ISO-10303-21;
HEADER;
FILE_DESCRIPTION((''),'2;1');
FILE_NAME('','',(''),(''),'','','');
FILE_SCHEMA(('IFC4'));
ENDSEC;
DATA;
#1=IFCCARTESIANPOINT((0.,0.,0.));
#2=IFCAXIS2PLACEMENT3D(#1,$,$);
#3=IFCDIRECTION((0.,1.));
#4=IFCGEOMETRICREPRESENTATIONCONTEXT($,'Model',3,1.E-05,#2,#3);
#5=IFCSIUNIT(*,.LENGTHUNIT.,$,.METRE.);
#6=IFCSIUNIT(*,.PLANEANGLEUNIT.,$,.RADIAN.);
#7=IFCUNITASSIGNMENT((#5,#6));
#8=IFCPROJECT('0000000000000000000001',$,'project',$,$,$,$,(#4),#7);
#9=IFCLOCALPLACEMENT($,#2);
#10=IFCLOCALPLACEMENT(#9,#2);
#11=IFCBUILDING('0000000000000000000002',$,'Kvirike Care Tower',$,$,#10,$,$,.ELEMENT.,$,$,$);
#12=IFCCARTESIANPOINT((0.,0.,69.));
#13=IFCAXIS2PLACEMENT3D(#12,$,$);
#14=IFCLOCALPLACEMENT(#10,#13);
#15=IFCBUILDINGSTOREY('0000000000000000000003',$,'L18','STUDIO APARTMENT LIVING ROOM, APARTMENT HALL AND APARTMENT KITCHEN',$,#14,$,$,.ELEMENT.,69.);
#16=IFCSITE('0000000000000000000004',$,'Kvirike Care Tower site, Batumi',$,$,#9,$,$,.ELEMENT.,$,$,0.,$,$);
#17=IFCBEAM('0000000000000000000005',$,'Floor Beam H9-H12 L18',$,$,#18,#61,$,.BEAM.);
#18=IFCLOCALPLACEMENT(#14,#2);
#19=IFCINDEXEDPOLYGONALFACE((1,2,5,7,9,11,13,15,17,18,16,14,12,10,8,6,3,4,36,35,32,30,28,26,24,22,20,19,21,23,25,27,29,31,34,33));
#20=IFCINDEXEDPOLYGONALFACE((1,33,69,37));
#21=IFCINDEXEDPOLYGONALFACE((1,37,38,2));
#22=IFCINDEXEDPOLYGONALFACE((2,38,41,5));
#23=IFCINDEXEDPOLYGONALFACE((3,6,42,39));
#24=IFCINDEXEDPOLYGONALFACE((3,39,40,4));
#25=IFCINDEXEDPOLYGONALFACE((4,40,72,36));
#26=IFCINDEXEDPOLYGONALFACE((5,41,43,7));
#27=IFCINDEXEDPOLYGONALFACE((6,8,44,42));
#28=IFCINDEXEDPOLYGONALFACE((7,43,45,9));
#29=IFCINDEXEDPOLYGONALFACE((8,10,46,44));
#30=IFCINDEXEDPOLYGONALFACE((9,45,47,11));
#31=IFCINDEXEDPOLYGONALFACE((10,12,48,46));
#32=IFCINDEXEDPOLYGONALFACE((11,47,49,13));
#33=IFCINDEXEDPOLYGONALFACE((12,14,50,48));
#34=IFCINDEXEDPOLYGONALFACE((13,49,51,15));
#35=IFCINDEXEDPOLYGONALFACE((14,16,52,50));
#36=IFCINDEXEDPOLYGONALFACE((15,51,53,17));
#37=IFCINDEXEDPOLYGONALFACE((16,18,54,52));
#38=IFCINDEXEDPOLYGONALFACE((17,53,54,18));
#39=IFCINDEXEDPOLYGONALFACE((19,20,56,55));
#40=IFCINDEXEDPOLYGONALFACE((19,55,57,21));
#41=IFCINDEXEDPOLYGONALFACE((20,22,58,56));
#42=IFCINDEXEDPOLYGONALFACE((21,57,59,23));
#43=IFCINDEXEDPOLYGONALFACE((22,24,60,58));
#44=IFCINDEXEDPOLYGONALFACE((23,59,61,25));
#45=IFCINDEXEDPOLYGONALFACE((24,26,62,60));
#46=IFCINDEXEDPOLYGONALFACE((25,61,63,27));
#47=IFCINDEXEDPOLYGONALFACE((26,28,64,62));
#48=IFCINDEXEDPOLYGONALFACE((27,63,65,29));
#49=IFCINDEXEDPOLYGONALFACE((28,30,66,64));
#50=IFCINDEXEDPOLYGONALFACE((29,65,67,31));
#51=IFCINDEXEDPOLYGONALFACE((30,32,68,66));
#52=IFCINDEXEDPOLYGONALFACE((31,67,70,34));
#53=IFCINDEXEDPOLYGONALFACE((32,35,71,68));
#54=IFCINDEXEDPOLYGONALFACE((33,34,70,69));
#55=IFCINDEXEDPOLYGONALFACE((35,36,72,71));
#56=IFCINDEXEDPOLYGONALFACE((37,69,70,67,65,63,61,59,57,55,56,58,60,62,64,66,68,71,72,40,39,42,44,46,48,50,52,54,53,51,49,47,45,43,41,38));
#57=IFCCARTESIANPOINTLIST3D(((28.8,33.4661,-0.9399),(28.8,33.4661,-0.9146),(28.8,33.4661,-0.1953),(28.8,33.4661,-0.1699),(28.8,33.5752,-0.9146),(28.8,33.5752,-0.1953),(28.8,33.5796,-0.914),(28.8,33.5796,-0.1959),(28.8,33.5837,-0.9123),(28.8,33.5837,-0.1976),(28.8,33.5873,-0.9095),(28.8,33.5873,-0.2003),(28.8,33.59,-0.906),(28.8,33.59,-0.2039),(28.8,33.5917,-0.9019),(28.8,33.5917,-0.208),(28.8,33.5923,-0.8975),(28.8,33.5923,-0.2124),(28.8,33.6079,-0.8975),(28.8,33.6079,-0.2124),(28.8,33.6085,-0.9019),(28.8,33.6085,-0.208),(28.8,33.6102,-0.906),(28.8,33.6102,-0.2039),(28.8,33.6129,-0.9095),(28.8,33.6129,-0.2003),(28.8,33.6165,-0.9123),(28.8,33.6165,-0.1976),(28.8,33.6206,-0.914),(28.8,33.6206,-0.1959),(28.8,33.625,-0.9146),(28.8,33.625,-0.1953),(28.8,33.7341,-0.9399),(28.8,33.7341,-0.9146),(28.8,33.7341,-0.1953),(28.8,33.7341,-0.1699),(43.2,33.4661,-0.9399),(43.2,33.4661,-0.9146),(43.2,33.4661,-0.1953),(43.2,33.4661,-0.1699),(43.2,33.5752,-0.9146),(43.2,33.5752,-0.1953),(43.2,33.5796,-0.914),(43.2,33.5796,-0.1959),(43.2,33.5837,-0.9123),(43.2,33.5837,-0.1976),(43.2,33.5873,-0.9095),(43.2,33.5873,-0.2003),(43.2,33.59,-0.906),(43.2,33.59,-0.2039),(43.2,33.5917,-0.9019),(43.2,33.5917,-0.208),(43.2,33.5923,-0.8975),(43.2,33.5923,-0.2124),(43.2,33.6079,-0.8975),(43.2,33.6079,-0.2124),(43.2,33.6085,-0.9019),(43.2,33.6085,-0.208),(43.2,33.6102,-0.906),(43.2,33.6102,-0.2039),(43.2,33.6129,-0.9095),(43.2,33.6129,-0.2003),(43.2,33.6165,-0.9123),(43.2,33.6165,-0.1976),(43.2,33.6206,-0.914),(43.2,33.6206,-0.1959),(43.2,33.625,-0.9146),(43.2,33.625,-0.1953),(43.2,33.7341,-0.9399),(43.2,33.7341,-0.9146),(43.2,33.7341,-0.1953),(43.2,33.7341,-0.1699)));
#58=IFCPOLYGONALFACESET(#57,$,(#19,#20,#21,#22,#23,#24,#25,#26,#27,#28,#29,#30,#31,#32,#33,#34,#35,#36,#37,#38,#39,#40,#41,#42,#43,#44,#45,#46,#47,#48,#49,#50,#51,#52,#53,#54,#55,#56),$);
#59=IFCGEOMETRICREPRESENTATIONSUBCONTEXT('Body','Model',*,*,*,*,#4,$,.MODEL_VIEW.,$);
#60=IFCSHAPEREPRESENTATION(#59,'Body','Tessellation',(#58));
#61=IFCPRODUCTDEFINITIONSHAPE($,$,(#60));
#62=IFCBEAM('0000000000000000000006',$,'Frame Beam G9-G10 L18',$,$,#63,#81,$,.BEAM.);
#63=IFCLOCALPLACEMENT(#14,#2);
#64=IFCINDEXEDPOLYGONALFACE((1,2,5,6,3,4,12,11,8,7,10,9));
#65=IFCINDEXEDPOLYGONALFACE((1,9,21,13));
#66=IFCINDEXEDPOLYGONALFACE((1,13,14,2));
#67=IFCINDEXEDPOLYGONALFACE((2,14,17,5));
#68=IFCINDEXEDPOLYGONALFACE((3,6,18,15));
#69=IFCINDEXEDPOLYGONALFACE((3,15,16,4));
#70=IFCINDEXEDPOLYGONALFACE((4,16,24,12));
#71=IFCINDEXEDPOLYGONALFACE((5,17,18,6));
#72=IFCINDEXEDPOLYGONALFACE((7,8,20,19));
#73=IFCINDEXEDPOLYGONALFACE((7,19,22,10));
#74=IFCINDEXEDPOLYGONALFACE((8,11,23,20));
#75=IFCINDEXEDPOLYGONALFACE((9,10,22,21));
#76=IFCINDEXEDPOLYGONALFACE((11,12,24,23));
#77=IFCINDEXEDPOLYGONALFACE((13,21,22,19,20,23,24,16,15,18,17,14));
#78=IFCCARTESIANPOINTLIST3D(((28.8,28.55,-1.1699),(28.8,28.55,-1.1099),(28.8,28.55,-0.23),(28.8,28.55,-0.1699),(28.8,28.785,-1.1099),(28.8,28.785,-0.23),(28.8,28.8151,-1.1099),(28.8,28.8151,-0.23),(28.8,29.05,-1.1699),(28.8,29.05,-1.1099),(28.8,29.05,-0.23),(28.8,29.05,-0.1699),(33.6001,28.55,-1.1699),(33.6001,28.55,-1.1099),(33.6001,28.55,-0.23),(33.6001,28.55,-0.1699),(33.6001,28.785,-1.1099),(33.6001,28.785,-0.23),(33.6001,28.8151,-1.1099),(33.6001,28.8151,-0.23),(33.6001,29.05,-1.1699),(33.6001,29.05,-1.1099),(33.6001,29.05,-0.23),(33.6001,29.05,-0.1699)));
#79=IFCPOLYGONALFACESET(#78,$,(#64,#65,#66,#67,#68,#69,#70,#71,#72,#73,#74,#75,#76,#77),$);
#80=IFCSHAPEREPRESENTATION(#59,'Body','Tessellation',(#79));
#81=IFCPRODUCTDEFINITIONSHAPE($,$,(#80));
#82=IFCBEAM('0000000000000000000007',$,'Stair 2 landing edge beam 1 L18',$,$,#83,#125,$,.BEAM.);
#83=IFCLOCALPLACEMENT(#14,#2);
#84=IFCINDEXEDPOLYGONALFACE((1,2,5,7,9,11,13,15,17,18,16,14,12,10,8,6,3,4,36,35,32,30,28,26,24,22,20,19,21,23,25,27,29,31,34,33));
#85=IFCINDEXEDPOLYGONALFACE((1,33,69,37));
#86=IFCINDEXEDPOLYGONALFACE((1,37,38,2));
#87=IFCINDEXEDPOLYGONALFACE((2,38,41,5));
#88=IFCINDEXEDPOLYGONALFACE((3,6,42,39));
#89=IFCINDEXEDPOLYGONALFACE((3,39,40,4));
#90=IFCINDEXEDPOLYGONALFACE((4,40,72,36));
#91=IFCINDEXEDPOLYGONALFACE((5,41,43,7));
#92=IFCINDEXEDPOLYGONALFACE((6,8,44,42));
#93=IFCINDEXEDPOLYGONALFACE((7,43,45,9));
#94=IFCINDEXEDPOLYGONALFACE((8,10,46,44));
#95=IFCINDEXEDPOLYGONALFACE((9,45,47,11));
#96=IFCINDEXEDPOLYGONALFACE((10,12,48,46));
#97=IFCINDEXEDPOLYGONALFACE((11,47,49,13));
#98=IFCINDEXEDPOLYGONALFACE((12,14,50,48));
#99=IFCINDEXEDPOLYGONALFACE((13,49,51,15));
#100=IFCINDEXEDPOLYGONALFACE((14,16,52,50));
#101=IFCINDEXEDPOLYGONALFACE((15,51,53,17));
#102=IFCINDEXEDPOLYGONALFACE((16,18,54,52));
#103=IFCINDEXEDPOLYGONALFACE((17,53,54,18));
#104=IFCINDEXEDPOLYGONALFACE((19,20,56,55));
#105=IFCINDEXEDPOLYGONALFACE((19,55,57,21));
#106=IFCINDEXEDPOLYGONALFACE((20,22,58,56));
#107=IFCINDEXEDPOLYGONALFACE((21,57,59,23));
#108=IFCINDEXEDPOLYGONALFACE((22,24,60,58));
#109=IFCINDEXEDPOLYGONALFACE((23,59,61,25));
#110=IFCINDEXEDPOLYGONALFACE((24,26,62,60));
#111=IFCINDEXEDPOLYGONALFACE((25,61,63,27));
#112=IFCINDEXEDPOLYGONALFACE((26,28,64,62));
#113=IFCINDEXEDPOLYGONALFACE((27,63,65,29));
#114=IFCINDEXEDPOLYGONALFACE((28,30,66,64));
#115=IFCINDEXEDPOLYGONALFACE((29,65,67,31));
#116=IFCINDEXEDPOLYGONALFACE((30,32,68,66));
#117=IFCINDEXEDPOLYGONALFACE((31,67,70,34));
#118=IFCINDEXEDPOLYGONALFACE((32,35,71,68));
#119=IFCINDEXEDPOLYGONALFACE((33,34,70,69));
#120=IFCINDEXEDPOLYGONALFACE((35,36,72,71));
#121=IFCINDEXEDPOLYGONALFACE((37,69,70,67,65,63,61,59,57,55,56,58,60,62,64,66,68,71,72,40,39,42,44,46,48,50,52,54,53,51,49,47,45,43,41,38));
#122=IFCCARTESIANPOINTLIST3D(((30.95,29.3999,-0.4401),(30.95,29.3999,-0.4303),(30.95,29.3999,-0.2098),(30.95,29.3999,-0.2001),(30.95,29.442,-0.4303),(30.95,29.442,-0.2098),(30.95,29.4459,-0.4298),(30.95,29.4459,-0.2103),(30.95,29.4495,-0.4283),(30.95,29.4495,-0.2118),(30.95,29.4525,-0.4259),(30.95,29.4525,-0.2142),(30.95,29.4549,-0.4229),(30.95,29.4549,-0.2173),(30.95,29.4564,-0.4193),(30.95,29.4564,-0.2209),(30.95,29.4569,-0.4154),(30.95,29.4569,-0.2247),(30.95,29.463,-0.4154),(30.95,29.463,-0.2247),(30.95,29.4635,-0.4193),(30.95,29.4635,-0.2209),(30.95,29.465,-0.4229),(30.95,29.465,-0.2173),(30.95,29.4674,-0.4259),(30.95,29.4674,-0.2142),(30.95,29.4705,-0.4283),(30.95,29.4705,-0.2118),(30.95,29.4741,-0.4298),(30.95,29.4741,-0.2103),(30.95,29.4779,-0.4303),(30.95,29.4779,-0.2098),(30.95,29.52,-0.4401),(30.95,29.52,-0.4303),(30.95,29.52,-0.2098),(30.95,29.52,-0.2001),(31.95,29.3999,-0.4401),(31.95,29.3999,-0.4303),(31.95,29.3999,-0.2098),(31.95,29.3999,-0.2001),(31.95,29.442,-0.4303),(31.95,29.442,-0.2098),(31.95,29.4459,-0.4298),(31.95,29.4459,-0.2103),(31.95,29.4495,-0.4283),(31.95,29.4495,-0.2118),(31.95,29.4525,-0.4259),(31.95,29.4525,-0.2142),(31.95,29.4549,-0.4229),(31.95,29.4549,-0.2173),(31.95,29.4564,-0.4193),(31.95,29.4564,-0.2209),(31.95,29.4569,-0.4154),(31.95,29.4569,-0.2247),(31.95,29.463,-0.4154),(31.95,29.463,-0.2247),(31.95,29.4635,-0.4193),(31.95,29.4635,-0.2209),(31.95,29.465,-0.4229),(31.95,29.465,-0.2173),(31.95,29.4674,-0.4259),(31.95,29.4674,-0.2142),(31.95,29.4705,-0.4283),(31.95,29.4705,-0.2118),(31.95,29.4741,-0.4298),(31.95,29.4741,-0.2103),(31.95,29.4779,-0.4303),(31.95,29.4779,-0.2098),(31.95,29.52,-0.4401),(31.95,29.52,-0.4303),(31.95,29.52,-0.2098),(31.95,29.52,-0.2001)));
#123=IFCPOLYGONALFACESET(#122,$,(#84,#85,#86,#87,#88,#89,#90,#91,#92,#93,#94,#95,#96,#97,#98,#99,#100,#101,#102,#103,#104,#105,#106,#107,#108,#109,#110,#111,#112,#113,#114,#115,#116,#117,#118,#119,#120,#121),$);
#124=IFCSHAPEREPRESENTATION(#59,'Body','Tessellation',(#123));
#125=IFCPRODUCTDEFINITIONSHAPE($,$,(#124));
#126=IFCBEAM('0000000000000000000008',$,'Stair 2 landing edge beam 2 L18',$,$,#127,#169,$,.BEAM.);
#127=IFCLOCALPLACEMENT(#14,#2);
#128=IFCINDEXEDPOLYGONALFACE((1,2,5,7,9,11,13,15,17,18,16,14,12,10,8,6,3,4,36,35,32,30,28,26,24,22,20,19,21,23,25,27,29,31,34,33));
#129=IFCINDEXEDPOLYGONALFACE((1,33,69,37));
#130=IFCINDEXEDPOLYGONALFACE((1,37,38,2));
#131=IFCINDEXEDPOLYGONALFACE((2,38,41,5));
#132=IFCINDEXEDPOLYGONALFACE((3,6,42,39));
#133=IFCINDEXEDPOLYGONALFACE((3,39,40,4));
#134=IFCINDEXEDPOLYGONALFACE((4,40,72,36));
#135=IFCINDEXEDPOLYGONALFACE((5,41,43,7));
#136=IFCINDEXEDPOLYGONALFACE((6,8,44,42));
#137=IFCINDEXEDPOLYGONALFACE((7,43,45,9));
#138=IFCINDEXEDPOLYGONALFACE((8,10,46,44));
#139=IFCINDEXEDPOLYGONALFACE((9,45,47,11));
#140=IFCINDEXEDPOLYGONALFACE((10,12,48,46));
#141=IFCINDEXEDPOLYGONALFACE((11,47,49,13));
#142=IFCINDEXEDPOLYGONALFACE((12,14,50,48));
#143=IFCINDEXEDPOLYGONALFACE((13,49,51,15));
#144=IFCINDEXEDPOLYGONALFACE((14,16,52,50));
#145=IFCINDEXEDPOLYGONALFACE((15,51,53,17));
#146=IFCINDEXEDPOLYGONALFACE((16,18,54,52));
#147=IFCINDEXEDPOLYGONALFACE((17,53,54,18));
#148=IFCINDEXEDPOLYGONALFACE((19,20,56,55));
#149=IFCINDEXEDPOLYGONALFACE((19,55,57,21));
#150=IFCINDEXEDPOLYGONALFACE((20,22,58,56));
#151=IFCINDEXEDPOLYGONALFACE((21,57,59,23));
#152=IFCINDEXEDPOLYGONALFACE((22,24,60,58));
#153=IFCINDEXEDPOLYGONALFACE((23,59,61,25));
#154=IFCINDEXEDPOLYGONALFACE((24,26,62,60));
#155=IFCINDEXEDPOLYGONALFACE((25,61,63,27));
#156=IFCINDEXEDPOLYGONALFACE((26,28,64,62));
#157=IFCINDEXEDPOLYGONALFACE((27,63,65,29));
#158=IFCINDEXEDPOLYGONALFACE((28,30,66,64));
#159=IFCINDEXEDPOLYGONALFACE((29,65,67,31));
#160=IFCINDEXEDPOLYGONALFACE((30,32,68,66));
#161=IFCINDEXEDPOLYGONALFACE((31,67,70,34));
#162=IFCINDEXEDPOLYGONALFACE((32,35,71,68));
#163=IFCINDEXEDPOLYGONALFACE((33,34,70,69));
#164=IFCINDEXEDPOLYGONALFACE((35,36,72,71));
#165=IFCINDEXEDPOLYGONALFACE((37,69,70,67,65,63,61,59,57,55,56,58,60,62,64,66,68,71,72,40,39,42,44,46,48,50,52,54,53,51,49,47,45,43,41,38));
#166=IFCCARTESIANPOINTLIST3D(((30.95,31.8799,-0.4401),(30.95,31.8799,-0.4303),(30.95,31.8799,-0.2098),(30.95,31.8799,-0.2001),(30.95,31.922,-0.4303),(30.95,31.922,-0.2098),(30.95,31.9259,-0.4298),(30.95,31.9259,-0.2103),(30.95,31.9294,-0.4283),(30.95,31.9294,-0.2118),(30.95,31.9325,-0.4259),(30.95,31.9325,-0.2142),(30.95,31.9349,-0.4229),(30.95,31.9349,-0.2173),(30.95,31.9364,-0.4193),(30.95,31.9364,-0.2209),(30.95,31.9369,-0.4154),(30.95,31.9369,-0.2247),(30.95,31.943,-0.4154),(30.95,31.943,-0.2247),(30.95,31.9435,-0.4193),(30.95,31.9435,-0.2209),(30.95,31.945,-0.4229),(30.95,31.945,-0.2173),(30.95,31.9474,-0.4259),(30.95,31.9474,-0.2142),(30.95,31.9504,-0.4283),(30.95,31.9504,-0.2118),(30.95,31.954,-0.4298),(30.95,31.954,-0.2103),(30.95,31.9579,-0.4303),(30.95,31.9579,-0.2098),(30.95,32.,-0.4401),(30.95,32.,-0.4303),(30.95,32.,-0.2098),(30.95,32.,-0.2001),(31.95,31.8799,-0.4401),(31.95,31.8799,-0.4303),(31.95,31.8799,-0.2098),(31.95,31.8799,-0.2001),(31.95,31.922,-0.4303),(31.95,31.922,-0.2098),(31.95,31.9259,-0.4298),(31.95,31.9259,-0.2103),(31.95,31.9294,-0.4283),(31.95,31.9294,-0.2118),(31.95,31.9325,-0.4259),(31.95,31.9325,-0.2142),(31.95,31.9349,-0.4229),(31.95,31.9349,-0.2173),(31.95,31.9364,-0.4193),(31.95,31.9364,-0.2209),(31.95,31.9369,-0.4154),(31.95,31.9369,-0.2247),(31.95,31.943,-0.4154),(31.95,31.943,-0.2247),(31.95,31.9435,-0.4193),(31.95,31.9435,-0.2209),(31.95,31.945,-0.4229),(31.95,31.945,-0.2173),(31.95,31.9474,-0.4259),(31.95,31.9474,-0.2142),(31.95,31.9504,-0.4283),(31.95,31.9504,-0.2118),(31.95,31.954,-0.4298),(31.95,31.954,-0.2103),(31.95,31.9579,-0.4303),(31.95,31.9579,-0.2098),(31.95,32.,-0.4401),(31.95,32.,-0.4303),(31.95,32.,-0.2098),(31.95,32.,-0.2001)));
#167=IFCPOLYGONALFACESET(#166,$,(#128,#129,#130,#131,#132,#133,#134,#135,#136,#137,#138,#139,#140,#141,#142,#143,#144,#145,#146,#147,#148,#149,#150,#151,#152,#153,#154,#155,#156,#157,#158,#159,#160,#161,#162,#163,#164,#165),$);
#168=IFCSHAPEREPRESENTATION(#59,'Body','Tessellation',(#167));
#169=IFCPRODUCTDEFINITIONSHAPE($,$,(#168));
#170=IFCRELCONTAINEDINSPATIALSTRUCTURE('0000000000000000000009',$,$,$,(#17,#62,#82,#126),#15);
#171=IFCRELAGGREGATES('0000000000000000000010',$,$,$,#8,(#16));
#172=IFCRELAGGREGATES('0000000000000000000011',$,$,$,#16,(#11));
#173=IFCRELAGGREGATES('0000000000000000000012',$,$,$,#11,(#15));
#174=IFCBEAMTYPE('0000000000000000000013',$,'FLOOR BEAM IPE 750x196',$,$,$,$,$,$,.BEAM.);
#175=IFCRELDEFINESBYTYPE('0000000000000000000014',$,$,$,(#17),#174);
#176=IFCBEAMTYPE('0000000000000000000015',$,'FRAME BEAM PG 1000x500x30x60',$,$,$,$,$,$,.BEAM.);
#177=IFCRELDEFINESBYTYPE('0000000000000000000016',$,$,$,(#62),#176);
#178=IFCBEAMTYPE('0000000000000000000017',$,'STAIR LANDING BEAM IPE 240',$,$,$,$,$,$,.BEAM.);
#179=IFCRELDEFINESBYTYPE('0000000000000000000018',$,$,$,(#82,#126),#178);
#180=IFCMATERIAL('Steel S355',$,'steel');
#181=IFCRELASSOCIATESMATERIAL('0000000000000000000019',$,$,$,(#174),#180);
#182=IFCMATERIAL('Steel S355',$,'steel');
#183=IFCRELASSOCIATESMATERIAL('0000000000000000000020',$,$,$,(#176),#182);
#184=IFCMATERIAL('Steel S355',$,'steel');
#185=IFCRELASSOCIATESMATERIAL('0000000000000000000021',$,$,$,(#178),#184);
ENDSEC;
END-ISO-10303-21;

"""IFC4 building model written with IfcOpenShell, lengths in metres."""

from ifc_helpers import new_model, si_unit, direction, frame, origin, origin_2d, place, context, subcontext, project, spatial, i_section, extrude, material, material_profile, profile_set, type_object, element, save


model = new_model("IFC4")

# Units and contexts
model_context = context("Model", 3, precision=1e-05, world=origin(), true_north=direction((0.0, 1.0)))
body_context = subcontext(model_context, "Body", "Model", "MODEL_VIEW")
ifc_project = project(units=[si_unit("LENGTHUNIT", "METRE"), si_unit("PLANEANGLEUNIT", "RADIAN")], contexts=[model_context])

# Site, building, storey
site_placement = place(None, origin())
site = spatial("IfcSite", under=ifc_project, at=site_placement, Name="Kvirike Care Tower site, Batumi", CompositionType="ELEMENT", RefElevation=0.0)
building_placement = place(site_placement, origin())
building = spatial("IfcBuilding", under=site, at=building_placement, Name="Kvirike Care Tower", CompositionType="ELEMENT")
storey_placement = place(building_placement, frame((0.0, 0.0, 69.0)))
storey = spatial("IfcBuildingStorey", under=building, at=storey_placement, Name="L18", Description="STUDIO APARTMENT LIVING ROOM, APARTMENT HALL AND APARTMENT KITCHEN", CompositionType="ELEMENT", Elevation=69.0)

# Beams
ifc_material_1 = material(Name="Steel S355", Category="steel")
ifc_material_profile_1 = material_profile(ifc_material_1, i_section(OverallWidth=0.2681, OverallDepth=0.77, WebThickness=0.0156, FlangeThickness=0.0254, FilletRadius=0.0171, at=origin_2d()), Name="IPE 750x196")
ifc_profile_set_1 = profile_set([ifc_material_profile_1], Name="Steel S355")
beam_type_1 = type_object("IfcBeamType", Name="FLOOR BEAM IPE 750x196", PredefinedType="BEAM", material=ifc_profile_set_1)
beam_1_placement = place(storey_placement, frame((28.8, 33.6001, -0.5549), z_axis=(1.0, 0.0, 0.0), x_axis=(0.0, 1.0, 0.0)))
element("IfcBeam", 1, at=beam_1_placement, inside=storey, type_object=beam_type_1, Name="Floor Beam H9-H12 L18", PredefinedType="BEAM", context=body_context, shape_type="SweptSolid", body=[
    extrude(i_section(OverallWidth=0.2681, OverallDepth=0.77, WebThickness=0.0156, FlangeThickness=0.0254, FilletRadius=0.0171, at=origin_2d()), origin(), (0.0, 0.0, 1.0), 14.3999),
])
ifc_material_2 = material(Name="Steel S355", Category="steel")
ifc_material_profile_2 = material_profile(ifc_material_2, i_section(OverallWidth=0.5, OverallDepth=1.0, WebThickness=0.03, FlangeThickness=0.0601, at=origin_2d()), Name="PG 1000x500x30x60")
ifc_profile_set_2 = profile_set([ifc_material_profile_2], Name="Steel S355")
beam_type_2 = type_object("IfcBeamType", Name="FRAME BEAM PG 1000x500x30x60", PredefinedType="BEAM", material=ifc_profile_set_2)
beam_2_placement = place(storey_placement, frame((28.8, 28.8, -0.6699), z_axis=(1.0, 0.0, 0.0), x_axis=(0.0, 1.0, 0.0)))
element("IfcBeam", 2, at=beam_2_placement, inside=storey, type_object=beam_type_2, Name="Frame Beam G9-G10 L18", PredefinedType="BEAM", context=body_context, shape_type="SweptSolid", body=[
    extrude(i_section(OverallWidth=0.5, OverallDepth=1.0, WebThickness=0.03, FlangeThickness=0.0601, at=origin_2d()), origin(), (0.0, 0.0, 1.0), 4.8),
])
ifc_material_3 = material(Name="Steel S355", Category="steel")
ifc_material_profile_3 = material_profile(ifc_material_3, i_section(OverallWidth=0.1201, OverallDepth=0.24, WebThickness=0.0061, FlangeThickness=0.0098, FilletRadius=0.0149, at=origin_2d()), Name="IPE 240")
ifc_profile_set_3 = profile_set([ifc_material_profile_3], Name="Steel S355")
beam_type_3 = type_object("IfcBeamType", Name="STAIR LANDING BEAM IPE 240", PredefinedType="BEAM", material=ifc_profile_set_3)
for number, where, z_axis, x_axis, name in (
    (3, (31.95, 29.46, -0.3201), (-1.0, 0.0, 0.0), (0.0, -1.0, 0.0), "Stair 2 landing edge beam 1 L18"),
    (4, (31.95, 31.9399, -0.3201), (-1.0, 0.0, 0.0), (0.0, -1.0, 0.0), "Stair 2 landing edge beam 2 L18"),
):
    element("IfcBeam", number, at=place(storey_placement, frame(where, z_axis=z_axis, x_axis=x_axis)), inside=storey, type_object=beam_type_3, Name=name, PredefinedType="BEAM", context=body_context, shape_type="SweptSolid", body=[
        extrude(i_section(OverallWidth=0.1201, OverallDepth=0.24, WebThickness=0.0061, FlangeThickness=0.0098, FilletRadius=0.0149, at=origin_2d()), origin(), (0.0, 0.0, 1.0), 1.0),
    ])

save(model, "model.ifc")
